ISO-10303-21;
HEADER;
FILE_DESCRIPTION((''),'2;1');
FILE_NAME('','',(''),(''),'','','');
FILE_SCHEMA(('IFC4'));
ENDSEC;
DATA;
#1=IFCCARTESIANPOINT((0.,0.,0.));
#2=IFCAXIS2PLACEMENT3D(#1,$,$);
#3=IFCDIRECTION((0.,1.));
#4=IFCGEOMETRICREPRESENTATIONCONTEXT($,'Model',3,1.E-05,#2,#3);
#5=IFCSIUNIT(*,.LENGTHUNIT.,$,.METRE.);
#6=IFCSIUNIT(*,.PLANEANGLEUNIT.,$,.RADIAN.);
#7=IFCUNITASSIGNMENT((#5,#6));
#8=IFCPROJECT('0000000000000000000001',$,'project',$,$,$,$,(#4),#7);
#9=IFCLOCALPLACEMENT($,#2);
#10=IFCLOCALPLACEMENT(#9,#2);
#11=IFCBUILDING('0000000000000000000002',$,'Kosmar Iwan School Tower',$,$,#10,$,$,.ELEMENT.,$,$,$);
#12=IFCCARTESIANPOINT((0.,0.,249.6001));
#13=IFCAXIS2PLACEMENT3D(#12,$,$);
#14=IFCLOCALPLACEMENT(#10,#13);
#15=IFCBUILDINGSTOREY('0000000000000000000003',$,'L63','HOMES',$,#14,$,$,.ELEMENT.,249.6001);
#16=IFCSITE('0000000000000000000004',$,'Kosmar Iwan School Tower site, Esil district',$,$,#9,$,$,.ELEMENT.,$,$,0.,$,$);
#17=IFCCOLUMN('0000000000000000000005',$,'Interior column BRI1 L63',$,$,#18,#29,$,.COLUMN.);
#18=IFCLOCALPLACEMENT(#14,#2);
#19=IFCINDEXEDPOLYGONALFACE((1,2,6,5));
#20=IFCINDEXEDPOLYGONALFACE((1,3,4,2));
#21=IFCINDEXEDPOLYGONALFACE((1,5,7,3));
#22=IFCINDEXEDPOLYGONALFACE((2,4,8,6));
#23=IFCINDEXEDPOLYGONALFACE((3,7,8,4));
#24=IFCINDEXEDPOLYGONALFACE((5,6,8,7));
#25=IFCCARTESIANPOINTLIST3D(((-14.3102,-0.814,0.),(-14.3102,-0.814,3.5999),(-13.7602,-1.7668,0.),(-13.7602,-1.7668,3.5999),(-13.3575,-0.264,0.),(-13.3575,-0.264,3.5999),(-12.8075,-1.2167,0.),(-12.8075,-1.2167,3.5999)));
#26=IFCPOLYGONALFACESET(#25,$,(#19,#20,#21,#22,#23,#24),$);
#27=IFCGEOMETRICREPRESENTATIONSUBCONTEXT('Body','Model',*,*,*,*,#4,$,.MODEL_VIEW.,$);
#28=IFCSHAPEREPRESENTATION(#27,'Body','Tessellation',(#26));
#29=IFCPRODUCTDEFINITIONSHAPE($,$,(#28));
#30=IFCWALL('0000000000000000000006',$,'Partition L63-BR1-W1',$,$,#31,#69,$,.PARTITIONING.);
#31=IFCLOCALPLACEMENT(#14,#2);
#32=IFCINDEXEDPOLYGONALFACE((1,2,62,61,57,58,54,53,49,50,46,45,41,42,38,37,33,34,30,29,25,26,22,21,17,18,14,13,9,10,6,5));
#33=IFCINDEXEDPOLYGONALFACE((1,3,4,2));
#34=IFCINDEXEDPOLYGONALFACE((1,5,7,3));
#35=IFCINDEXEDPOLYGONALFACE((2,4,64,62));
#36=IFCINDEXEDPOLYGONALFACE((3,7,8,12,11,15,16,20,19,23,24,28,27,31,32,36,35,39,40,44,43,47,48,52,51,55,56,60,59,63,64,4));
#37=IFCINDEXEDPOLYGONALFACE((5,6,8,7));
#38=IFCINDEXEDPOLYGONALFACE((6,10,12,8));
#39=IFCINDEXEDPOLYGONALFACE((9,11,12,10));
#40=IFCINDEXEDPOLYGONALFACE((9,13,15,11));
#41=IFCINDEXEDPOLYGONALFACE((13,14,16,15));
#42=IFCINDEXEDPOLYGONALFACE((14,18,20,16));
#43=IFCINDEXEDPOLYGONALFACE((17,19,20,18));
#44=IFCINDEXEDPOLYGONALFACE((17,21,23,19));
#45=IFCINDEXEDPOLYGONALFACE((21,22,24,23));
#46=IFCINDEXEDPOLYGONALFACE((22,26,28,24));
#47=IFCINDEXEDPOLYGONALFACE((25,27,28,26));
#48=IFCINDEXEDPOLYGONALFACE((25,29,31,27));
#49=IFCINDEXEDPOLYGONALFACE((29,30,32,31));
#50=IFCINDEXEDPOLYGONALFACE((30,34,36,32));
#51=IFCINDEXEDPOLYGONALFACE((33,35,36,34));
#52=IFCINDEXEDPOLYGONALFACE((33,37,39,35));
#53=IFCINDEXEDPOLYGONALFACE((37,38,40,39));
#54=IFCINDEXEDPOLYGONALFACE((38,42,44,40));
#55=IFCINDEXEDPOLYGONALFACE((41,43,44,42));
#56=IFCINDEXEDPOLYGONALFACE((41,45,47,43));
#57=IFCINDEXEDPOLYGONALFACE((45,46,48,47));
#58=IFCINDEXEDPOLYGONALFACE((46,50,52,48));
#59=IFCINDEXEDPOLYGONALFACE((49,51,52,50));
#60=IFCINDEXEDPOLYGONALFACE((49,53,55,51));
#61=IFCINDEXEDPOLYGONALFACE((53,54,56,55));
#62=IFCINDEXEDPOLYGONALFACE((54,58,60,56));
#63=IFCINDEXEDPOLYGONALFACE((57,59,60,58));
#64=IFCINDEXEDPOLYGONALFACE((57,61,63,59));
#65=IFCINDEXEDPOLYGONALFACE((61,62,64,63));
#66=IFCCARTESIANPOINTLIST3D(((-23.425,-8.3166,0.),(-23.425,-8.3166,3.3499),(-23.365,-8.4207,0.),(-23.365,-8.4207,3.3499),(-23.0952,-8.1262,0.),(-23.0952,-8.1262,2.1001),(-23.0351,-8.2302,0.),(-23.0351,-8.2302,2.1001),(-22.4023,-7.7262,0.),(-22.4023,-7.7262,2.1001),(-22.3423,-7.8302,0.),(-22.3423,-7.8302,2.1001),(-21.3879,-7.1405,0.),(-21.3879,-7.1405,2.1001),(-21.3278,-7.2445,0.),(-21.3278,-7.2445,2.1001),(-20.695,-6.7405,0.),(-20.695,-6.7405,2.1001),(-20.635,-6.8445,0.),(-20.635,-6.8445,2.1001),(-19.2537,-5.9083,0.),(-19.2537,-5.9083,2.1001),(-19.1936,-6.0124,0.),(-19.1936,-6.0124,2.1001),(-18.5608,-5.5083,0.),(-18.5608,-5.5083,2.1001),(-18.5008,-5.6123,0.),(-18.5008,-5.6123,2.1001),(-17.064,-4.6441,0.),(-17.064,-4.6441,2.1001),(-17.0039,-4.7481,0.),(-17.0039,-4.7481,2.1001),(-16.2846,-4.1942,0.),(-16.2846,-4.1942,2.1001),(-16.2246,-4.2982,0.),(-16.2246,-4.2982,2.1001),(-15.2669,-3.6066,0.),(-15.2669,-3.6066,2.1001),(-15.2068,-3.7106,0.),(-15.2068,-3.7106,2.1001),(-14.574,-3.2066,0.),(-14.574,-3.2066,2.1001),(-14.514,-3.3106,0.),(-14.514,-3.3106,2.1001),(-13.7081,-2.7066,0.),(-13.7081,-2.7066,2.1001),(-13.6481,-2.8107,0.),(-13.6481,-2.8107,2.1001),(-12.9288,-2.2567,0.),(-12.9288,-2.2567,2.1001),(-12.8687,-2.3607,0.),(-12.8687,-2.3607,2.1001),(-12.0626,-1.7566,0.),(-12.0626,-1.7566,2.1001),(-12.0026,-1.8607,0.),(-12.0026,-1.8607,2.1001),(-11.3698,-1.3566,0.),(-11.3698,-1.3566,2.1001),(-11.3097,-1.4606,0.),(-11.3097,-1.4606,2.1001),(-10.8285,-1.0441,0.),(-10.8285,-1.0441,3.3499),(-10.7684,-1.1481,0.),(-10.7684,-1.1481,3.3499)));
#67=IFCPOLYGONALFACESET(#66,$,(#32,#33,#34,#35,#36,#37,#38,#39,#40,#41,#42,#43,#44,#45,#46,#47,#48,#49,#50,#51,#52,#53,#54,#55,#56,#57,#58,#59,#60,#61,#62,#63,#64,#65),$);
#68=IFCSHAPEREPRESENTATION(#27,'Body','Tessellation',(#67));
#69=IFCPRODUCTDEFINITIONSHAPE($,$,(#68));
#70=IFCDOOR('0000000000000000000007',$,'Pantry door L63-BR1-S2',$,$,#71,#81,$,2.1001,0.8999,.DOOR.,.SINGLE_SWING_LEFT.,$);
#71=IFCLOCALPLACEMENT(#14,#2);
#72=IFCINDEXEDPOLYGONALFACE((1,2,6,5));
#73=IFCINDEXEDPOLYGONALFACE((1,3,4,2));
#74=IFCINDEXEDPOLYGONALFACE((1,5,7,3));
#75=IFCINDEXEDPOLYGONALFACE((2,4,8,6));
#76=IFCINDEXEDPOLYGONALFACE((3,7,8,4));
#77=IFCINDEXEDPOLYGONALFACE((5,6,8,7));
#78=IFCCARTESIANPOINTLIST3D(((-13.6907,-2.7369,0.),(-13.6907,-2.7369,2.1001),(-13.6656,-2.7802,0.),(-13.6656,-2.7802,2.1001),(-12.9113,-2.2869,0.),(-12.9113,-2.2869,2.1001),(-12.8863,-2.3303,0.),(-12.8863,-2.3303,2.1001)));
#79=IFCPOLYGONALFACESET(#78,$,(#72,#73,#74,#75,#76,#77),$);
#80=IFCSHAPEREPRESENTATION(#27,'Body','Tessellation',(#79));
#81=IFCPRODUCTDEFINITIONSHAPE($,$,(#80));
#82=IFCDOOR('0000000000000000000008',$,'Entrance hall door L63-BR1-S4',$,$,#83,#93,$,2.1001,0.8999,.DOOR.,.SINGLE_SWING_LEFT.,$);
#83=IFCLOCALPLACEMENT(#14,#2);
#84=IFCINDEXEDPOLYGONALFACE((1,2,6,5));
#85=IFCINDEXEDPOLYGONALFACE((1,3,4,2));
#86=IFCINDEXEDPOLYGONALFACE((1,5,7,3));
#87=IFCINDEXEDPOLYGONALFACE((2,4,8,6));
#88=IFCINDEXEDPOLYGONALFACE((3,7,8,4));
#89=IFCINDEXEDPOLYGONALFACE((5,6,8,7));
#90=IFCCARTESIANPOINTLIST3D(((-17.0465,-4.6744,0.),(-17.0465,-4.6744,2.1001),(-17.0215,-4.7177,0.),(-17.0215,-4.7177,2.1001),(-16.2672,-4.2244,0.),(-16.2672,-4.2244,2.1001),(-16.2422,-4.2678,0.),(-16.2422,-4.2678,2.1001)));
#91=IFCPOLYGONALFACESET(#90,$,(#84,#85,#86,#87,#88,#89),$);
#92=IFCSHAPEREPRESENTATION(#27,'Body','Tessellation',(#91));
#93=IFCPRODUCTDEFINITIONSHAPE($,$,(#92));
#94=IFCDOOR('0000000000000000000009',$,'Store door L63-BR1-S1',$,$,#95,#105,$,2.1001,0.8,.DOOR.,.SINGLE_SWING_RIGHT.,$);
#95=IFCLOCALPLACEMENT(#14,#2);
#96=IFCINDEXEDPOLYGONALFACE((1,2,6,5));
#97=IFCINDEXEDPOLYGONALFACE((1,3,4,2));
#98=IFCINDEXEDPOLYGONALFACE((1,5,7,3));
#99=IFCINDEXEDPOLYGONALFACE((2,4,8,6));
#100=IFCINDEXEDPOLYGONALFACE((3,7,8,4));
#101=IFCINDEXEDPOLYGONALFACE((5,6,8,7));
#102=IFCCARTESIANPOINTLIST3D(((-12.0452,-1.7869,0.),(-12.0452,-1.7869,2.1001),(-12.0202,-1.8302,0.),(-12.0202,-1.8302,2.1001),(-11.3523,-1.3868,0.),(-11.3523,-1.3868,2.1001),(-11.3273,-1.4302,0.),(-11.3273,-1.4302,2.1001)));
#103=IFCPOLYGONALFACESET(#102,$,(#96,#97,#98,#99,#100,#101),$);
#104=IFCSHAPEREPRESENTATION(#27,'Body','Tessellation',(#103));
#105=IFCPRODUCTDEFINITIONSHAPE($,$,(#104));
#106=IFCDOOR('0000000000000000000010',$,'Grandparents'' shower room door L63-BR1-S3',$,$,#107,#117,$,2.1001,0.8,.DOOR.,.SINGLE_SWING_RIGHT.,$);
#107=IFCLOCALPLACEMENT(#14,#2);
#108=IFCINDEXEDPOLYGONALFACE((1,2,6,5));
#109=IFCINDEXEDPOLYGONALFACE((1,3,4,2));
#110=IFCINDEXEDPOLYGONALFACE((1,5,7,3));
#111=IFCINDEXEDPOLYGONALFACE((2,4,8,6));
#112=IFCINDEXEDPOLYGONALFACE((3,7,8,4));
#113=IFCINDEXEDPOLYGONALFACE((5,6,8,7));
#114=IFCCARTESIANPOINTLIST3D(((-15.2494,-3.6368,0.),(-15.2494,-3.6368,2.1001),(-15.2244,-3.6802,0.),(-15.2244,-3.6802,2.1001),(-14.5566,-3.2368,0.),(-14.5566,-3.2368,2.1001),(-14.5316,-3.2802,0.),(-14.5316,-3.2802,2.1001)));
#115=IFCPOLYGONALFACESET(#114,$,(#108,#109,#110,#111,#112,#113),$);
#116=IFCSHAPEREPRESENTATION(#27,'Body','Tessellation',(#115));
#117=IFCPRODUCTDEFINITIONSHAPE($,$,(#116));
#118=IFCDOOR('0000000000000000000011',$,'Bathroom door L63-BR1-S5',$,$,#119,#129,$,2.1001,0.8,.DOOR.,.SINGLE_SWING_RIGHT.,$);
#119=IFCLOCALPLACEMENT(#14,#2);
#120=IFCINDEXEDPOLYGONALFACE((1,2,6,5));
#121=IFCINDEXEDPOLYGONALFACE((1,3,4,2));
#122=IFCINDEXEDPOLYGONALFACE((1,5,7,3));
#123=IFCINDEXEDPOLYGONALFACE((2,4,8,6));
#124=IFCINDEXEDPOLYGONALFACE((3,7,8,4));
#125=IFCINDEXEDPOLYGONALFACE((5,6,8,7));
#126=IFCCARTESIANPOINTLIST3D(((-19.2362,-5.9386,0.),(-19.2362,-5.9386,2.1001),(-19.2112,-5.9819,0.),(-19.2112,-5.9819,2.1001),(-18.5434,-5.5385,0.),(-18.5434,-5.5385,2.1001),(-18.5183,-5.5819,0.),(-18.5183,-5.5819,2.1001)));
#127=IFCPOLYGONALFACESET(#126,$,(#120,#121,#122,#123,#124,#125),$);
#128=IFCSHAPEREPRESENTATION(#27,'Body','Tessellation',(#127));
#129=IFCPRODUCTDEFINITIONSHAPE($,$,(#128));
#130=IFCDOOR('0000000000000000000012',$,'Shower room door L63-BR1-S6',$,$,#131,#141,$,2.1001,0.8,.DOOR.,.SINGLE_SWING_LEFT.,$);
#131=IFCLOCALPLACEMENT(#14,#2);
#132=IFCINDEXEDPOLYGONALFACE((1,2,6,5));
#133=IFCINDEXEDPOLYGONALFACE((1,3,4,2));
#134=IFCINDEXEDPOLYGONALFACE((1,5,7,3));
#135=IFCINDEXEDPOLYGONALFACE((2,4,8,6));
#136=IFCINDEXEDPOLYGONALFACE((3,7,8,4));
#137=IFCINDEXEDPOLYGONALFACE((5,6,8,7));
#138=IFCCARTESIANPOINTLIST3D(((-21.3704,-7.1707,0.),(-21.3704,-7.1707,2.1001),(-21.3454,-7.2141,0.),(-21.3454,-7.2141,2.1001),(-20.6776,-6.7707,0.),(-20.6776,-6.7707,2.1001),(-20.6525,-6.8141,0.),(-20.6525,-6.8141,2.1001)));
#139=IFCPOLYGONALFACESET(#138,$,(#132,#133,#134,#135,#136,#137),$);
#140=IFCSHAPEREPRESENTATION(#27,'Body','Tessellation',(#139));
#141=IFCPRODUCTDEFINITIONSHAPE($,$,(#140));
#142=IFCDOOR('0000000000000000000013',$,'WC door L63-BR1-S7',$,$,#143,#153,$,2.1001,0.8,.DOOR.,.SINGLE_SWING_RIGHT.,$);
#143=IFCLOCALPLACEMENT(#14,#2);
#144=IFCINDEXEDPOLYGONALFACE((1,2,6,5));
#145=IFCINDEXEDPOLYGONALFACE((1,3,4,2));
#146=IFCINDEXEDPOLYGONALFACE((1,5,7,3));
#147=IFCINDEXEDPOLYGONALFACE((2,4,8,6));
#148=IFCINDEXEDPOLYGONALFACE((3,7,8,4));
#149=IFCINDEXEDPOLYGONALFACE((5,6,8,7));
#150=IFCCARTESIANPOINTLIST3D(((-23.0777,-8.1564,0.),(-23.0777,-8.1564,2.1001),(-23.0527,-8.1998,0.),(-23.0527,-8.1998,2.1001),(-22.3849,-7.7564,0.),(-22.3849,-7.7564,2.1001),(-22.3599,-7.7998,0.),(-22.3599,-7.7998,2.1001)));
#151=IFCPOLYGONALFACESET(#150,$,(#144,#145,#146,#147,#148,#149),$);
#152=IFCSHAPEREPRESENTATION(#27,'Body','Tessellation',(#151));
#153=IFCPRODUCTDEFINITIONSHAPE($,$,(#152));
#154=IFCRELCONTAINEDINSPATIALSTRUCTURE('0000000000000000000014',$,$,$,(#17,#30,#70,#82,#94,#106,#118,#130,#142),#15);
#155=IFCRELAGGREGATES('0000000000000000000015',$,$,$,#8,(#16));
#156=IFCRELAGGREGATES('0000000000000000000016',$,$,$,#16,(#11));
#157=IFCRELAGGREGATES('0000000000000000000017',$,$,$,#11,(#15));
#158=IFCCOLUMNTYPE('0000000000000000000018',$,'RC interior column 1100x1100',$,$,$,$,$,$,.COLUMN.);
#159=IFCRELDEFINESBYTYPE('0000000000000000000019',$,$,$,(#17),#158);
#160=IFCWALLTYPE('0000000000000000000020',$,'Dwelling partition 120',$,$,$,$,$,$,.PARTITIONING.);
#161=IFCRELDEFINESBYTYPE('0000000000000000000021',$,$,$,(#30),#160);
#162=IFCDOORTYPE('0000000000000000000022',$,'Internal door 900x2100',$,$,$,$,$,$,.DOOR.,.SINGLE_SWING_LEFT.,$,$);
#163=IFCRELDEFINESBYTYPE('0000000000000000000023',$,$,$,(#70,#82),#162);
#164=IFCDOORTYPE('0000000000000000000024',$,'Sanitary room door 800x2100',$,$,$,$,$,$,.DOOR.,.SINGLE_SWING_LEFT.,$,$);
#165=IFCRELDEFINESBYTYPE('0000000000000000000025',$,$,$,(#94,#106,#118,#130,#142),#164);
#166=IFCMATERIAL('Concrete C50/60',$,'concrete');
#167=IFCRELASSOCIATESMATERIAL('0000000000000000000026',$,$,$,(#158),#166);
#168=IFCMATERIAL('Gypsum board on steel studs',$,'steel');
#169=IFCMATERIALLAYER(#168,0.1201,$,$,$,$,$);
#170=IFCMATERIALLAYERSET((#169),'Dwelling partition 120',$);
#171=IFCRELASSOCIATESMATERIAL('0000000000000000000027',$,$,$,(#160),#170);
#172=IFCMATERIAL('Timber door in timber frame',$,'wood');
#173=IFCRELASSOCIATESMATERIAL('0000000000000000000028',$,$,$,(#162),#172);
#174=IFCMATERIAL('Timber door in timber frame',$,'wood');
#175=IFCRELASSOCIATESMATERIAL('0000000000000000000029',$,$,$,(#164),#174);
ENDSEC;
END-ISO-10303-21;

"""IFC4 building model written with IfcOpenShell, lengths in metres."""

from ifc_helpers import new_model, si_unit, direction, frame, frame_2d, origin, origin_2d, place, context, subcontext, project, spatial, rectangle, extrude, material, layer, layer_set, material_profile, profile_set, type_object, element, fill, save


model = new_model("IFC4")

# Units and contexts
model_context = context("Model", 3, precision=1e-05, world=origin(), true_north=direction((0.0, 1.0)))
body_context = subcontext(model_context, "Body", "Model", "MODEL_VIEW")
ifc_project = project(units=[si_unit("LENGTHUNIT", "METRE"), si_unit("PLANEANGLEUNIT", "RADIAN")], contexts=[model_context])

# Site, building, storey
site_placement = place(None, origin())
site = spatial("IfcSite", under=ifc_project, at=site_placement, Name="Kosmar Iwan School Tower site, Esil district", CompositionType="ELEMENT", RefElevation=0.0)
building_placement = place(site_placement, origin())
building = spatial("IfcBuilding", under=site, at=building_placement, Name="Kosmar Iwan School Tower", CompositionType="ELEMENT")
storey_placement = place(building_placement, frame((0.0, 0.0, 249.6001)))
storey = spatial("IfcBuildingStorey", under=building, at=storey_placement, Name="L63", Description="HOMES", CompositionType="ELEMENT", Elevation=249.6001)

# Column
ifc_material_1 = material(Name="Concrete C50/60", Category="concrete")
ifc_material_profile = material_profile(ifc_material_1, rectangle(XDim=1.1001, YDim=1.1001, at=origin_2d()), Name="RC 1100x1100")
ifc_profile_set = profile_set([ifc_material_profile], Name="Concrete C50/60")
column_type = type_object("IfcColumnType", Name="RC interior column 1100x1100", PredefinedType="COLUMN", material=ifc_profile_set)
column_placement = place(storey_placement, frame((-13.5588, -1.0154, 0.0), z_axis=(0.0, 0.0, 1.0), x_axis=(-0.866025, -0.5, 0.0)))
element("IfcColumn", 1, at=column_placement, inside=storey, type_object=column_type, Name="Interior column BRI1 L63", PredefinedType="COLUMN", context=body_context, shape_type="SweptSolid", body=[
    extrude(rectangle(XDim=1.1001, YDim=1.1001, at=origin_2d()), origin(), (0.0, 0.0, 1.0), 3.5999),
])

# Wall, openings, doors
ifc_material_2 = material(Name="Gypsum board on steel studs", Category="steel")
ifc_layer = layer(ifc_material_2, 0.1201)
ifc_layer_set = layer_set([ifc_layer], Name="Dwelling partition 120")
wall_type = type_object("IfcWallType", Name="Dwelling partition 120", PredefinedType="PARTITIONING", material=ifc_layer_set)
wall_1_placement = place(storey_placement, frame((-10.7986, -1.0962, 0.0), z_axis=(0.0, 0.0, 1.0), x_axis=(-0.866028, -0.499995, 0.0)))
wall_1 = element("IfcWall", 2, at=wall_1_placement, inside=storey, type_object=wall_type, Name="Partition L63-BR1-W1", PredefinedType="PARTITIONING", context=body_context, shape_type="SweptSolid", body=[
    extrude(rectangle(XDim=14.5452, YDim=0.1201, at=frame_2d((7.2725, 0.0))), origin(), (0.0, 0.0, 1.0), 3.3499),
])
opening_1_placement = place(wall_1_placement, frame((0.625, 0.0, 0.0)))
opening_1 = element("IfcOpeningElement", 3, at=opening_1_placement, cuts=wall_1, PredefinedType="OPENING", context=body_context, shape_type="SweptSolid", body=[
    extrude(rectangle(XDim=0.8, YDim=2.1001, at=frame_2d((0.3999, 1.05))), frame((0.0, 0.072, 0.0), z_axis=(0.0, -1.0, 0.0), x_axis=(1.0, 0.0, 0.0)), (0.0, 0.0, 1.0), 0.144),
])
opening_2_placement = place(wall_1_placement, frame((2.425, 0.0, 0.0)))
opening_2 = element("IfcOpeningElement", 4, at=opening_2_placement, cuts=wall_1, PredefinedType="OPENING", context=body_context, shape_type="SweptSolid", body=[
    extrude(rectangle(XDim=0.8999, YDim=2.1001, at=frame_2d((0.45, 1.05))), frame((0.0, 0.072, 0.0), z_axis=(0.0, -1.0, 0.0), x_axis=(1.0, 0.0, 0.0)), (0.0, 0.0, 1.0), 0.144),
])
opening_3_placement = place(wall_1_placement, frame((4.325, 0.0, 0.0)))
opening_3 = element("IfcOpeningElement", 5, at=opening_3_placement, cuts=wall_1, PredefinedType="OPENING", context=body_context, shape_type="SweptSolid", body=[
    extrude(rectangle(XDim=0.8, YDim=2.1001, at=frame_2d((0.3999, 1.05))), frame((0.0, 0.072, 0.0), z_axis=(0.0, -1.0, 0.0), x_axis=(1.0, 0.0, 0.0)), (0.0, 0.0, 1.0), 0.144),
])
opening_4_placement = place(wall_1_placement, frame((6.3, 0.0, 0.0)))
opening_4 = element("IfcOpeningElement", 6, at=opening_4_placement, cuts=wall_1, PredefinedType="OPENING", context=body_context, shape_type="SweptSolid", body=[
    extrude(rectangle(XDim=0.8999, YDim=2.1001, at=frame_2d((0.45, 1.05))), frame((0.0, 0.072, 0.0), z_axis=(0.0, -1.0, 0.0), x_axis=(1.0, 0.0, 0.0)), (0.0, 0.0, 1.0), 0.144),
])
opening_5_placement = place(wall_1_placement, frame((8.9285, 0.0, 0.0)))
opening_5 = element("IfcOpeningElement", 7, at=opening_5_placement, cuts=wall_1, PredefinedType="OPENING", context=body_context, shape_type="SweptSolid", body=[
    extrude(rectangle(XDim=0.8, YDim=2.1001, at=frame_2d((0.3999, 1.05))), frame((0.0, 0.072, 0.0), z_axis=(0.0, -1.0, 0.0), x_axis=(1.0, 0.0, 0.0)), (0.0, 0.0, 1.0), 0.144),
])
opening_6_placement = place(wall_1_placement, frame((11.3928, 0.0, 0.0)))
opening_6 = element("IfcOpeningElement", 8, at=opening_6_placement, cuts=wall_1, PredefinedType="OPENING", context=body_context, shape_type="SweptSolid", body=[
    extrude(rectangle(XDim=0.8, YDim=2.1001, at=frame_2d((0.3999, 1.05))), frame((0.0, 0.072, 0.0), z_axis=(0.0, -1.0, 0.0), x_axis=(1.0, 0.0, 0.0)), (0.0, 0.0, 1.0), 0.144),
])
opening_7_placement = place(wall_1_placement, frame((13.3643, 0.0, 0.0)))
opening_7 = element("IfcOpeningElement", 9, at=opening_7_placement, cuts=wall_1, PredefinedType="OPENING", context=body_context, shape_type="SweptSolid", body=[
    extrude(rectangle(XDim=0.8, YDim=2.1001, at=frame_2d((0.3999, 1.05))), frame((0.0, 0.072, 0.0), z_axis=(0.0, -1.0, 0.0), x_axis=(1.0, 0.0, 0.0)), (0.0, 0.0, 1.0), 0.144),
])
ifc_material_3 = material(Name="Timber door in timber frame", Category="wood")
door_type_1 = type_object("IfcDoorType", Name="Internal door 900x2100", OperationType="SINGLE_SWING_LEFT", PredefinedType="DOOR", material=ifc_material_3)
door_1_placement = place(opening_2_placement, origin())
door_1 = element("IfcDoor", 10, at=door_1_placement, inside=storey, type_object=door_type_1, Name="Pantry door L63-BR1-S2", OperationType="SINGLE_SWING_LEFT", OverallHeight=2.1001, OverallWidth=0.8999, PredefinedType="DOOR", context=body_context, shape_type="SweptSolid", body=[
    extrude(rectangle(XDim=0.8999, YDim=2.1001, at=frame_2d((0.45, 1.05))), frame((0.0, 0.0249, 0.0), z_axis=(0.0, -1.0, 0.0), x_axis=(1.0, 0.0, 0.0)), (0.0, 0.0, 1.0), 0.05),
])
fill(opening_2, door_1)
door_2_placement = place(opening_4_placement, origin())
door_2 = element("IfcDoor", 11, at=door_2_placement, inside=storey, type_object=door_type_1, Name="Entrance hall door L63-BR1-S4", OperationType="SINGLE_SWING_LEFT", OverallHeight=2.1001, OverallWidth=0.8999, PredefinedType="DOOR", context=body_context, shape_type="SweptSolid", body=[
    extrude(rectangle(XDim=0.8999, YDim=2.1001, at=frame_2d((0.45, 1.05))), frame((0.0, 0.0249, 0.0), z_axis=(0.0, -1.0, 0.0), x_axis=(1.0, 0.0, 0.0)), (0.0, 0.0, 1.0), 0.05),
])
fill(opening_4, door_2)
ifc_material_4 = material(Name="Timber door in timber frame", Category="wood")
door_type_2 = type_object("IfcDoorType", Name="Sanitary room door 800x2100", OperationType="SINGLE_SWING_LEFT", PredefinedType="DOOR", material=ifc_material_4)
door_3_placement = place(opening_1_placement, origin())
door_3 = element("IfcDoor", 12, at=door_3_placement, inside=storey, type_object=door_type_2, Name="Store door L63-BR1-S1", OperationType="SINGLE_SWING_RIGHT", OverallHeight=2.1001, OverallWidth=0.8, PredefinedType="DOOR", context=body_context, shape_type="SweptSolid", body=[
    extrude(rectangle(XDim=0.8, YDim=2.1001, at=frame_2d((0.3999, 1.05))), frame((0.0, 0.0249, 0.0), z_axis=(0.0, -1.0, 0.0), x_axis=(1.0, 0.0, 0.0)), (0.0, 0.0, 1.0), 0.05),
])
fill(opening_1, door_3)
door_4_placement = place(opening_3_placement, origin())
door_4 = element("IfcDoor", 13, at=door_4_placement, inside=storey, type_object=door_type_2, Name="Grandparents' shower room door L63-BR1-S3", OperationType="SINGLE_SWING_RIGHT", OverallHeight=2.1001, OverallWidth=0.8, PredefinedType="DOOR", context=body_context, shape_type="SweptSolid", body=[
    extrude(rectangle(XDim=0.8, YDim=2.1001, at=frame_2d((0.3999, 1.05))), frame((0.0, 0.0249, 0.0), z_axis=(0.0, -1.0, 0.0), x_axis=(1.0, 0.0, 0.0)), (0.0, 0.0, 1.0), 0.05),
])
fill(opening_3, door_4)
door_5_placement = place(opening_5_placement, origin())
door_5 = element("IfcDoor", 14, at=door_5_placement, inside=storey, type_object=door_type_2, Name="Bathroom door L63-BR1-S5", OperationType="SINGLE_SWING_RIGHT", OverallHeight=2.1001, OverallWidth=0.8, PredefinedType="DOOR", context=body_context, shape_type="SweptSolid", body=[
    extrude(rectangle(XDim=0.8, YDim=2.1001, at=frame_2d((0.3999, 1.05))), frame((0.0, 0.0249, 0.0), z_axis=(0.0, -1.0, 0.0), x_axis=(1.0, 0.0, 0.0)), (0.0, 0.0, 1.0), 0.05),
])
fill(opening_5, door_5)
door_6_placement = place(opening_6_placement, origin())
door_6 = element("IfcDoor", 15, at=door_6_placement, inside=storey, type_object=door_type_2, Name="Shower room door L63-BR1-S6", OperationType="SINGLE_SWING_LEFT", OverallHeight=2.1001, OverallWidth=0.8, PredefinedType="DOOR", context=body_context, shape_type="SweptSolid", body=[
    extrude(rectangle(XDim=0.8, YDim=2.1001, at=frame_2d((0.3999, 1.05))), frame((0.0, 0.0249, 0.0), z_axis=(0.0, -1.0, 0.0), x_axis=(1.0, 0.0, 0.0)), (0.0, 0.0, 1.0), 0.05),
])
fill(opening_6, door_6)
door_7_placement = place(opening_7_placement, origin())
door_7 = element("IfcDoor", 16, at=door_7_placement, inside=storey, type_object=door_type_2, Name="WC door L63-BR1-S7", OperationType="SINGLE_SWING_RIGHT", OverallHeight=2.1001, OverallWidth=0.8, PredefinedType="DOOR", context=body_context, shape_type="SweptSolid", body=[
    extrude(rectangle(XDim=0.8, YDim=2.1001, at=frame_2d((0.3999, 1.05))), frame((0.0, 0.0249, 0.0), z_axis=(0.0, -1.0, 0.0), x_axis=(1.0, 0.0, 0.0)), (0.0, 0.0, 1.0), 0.05),
])
fill(opening_7, door_7)

save(model, "model.ifc")
